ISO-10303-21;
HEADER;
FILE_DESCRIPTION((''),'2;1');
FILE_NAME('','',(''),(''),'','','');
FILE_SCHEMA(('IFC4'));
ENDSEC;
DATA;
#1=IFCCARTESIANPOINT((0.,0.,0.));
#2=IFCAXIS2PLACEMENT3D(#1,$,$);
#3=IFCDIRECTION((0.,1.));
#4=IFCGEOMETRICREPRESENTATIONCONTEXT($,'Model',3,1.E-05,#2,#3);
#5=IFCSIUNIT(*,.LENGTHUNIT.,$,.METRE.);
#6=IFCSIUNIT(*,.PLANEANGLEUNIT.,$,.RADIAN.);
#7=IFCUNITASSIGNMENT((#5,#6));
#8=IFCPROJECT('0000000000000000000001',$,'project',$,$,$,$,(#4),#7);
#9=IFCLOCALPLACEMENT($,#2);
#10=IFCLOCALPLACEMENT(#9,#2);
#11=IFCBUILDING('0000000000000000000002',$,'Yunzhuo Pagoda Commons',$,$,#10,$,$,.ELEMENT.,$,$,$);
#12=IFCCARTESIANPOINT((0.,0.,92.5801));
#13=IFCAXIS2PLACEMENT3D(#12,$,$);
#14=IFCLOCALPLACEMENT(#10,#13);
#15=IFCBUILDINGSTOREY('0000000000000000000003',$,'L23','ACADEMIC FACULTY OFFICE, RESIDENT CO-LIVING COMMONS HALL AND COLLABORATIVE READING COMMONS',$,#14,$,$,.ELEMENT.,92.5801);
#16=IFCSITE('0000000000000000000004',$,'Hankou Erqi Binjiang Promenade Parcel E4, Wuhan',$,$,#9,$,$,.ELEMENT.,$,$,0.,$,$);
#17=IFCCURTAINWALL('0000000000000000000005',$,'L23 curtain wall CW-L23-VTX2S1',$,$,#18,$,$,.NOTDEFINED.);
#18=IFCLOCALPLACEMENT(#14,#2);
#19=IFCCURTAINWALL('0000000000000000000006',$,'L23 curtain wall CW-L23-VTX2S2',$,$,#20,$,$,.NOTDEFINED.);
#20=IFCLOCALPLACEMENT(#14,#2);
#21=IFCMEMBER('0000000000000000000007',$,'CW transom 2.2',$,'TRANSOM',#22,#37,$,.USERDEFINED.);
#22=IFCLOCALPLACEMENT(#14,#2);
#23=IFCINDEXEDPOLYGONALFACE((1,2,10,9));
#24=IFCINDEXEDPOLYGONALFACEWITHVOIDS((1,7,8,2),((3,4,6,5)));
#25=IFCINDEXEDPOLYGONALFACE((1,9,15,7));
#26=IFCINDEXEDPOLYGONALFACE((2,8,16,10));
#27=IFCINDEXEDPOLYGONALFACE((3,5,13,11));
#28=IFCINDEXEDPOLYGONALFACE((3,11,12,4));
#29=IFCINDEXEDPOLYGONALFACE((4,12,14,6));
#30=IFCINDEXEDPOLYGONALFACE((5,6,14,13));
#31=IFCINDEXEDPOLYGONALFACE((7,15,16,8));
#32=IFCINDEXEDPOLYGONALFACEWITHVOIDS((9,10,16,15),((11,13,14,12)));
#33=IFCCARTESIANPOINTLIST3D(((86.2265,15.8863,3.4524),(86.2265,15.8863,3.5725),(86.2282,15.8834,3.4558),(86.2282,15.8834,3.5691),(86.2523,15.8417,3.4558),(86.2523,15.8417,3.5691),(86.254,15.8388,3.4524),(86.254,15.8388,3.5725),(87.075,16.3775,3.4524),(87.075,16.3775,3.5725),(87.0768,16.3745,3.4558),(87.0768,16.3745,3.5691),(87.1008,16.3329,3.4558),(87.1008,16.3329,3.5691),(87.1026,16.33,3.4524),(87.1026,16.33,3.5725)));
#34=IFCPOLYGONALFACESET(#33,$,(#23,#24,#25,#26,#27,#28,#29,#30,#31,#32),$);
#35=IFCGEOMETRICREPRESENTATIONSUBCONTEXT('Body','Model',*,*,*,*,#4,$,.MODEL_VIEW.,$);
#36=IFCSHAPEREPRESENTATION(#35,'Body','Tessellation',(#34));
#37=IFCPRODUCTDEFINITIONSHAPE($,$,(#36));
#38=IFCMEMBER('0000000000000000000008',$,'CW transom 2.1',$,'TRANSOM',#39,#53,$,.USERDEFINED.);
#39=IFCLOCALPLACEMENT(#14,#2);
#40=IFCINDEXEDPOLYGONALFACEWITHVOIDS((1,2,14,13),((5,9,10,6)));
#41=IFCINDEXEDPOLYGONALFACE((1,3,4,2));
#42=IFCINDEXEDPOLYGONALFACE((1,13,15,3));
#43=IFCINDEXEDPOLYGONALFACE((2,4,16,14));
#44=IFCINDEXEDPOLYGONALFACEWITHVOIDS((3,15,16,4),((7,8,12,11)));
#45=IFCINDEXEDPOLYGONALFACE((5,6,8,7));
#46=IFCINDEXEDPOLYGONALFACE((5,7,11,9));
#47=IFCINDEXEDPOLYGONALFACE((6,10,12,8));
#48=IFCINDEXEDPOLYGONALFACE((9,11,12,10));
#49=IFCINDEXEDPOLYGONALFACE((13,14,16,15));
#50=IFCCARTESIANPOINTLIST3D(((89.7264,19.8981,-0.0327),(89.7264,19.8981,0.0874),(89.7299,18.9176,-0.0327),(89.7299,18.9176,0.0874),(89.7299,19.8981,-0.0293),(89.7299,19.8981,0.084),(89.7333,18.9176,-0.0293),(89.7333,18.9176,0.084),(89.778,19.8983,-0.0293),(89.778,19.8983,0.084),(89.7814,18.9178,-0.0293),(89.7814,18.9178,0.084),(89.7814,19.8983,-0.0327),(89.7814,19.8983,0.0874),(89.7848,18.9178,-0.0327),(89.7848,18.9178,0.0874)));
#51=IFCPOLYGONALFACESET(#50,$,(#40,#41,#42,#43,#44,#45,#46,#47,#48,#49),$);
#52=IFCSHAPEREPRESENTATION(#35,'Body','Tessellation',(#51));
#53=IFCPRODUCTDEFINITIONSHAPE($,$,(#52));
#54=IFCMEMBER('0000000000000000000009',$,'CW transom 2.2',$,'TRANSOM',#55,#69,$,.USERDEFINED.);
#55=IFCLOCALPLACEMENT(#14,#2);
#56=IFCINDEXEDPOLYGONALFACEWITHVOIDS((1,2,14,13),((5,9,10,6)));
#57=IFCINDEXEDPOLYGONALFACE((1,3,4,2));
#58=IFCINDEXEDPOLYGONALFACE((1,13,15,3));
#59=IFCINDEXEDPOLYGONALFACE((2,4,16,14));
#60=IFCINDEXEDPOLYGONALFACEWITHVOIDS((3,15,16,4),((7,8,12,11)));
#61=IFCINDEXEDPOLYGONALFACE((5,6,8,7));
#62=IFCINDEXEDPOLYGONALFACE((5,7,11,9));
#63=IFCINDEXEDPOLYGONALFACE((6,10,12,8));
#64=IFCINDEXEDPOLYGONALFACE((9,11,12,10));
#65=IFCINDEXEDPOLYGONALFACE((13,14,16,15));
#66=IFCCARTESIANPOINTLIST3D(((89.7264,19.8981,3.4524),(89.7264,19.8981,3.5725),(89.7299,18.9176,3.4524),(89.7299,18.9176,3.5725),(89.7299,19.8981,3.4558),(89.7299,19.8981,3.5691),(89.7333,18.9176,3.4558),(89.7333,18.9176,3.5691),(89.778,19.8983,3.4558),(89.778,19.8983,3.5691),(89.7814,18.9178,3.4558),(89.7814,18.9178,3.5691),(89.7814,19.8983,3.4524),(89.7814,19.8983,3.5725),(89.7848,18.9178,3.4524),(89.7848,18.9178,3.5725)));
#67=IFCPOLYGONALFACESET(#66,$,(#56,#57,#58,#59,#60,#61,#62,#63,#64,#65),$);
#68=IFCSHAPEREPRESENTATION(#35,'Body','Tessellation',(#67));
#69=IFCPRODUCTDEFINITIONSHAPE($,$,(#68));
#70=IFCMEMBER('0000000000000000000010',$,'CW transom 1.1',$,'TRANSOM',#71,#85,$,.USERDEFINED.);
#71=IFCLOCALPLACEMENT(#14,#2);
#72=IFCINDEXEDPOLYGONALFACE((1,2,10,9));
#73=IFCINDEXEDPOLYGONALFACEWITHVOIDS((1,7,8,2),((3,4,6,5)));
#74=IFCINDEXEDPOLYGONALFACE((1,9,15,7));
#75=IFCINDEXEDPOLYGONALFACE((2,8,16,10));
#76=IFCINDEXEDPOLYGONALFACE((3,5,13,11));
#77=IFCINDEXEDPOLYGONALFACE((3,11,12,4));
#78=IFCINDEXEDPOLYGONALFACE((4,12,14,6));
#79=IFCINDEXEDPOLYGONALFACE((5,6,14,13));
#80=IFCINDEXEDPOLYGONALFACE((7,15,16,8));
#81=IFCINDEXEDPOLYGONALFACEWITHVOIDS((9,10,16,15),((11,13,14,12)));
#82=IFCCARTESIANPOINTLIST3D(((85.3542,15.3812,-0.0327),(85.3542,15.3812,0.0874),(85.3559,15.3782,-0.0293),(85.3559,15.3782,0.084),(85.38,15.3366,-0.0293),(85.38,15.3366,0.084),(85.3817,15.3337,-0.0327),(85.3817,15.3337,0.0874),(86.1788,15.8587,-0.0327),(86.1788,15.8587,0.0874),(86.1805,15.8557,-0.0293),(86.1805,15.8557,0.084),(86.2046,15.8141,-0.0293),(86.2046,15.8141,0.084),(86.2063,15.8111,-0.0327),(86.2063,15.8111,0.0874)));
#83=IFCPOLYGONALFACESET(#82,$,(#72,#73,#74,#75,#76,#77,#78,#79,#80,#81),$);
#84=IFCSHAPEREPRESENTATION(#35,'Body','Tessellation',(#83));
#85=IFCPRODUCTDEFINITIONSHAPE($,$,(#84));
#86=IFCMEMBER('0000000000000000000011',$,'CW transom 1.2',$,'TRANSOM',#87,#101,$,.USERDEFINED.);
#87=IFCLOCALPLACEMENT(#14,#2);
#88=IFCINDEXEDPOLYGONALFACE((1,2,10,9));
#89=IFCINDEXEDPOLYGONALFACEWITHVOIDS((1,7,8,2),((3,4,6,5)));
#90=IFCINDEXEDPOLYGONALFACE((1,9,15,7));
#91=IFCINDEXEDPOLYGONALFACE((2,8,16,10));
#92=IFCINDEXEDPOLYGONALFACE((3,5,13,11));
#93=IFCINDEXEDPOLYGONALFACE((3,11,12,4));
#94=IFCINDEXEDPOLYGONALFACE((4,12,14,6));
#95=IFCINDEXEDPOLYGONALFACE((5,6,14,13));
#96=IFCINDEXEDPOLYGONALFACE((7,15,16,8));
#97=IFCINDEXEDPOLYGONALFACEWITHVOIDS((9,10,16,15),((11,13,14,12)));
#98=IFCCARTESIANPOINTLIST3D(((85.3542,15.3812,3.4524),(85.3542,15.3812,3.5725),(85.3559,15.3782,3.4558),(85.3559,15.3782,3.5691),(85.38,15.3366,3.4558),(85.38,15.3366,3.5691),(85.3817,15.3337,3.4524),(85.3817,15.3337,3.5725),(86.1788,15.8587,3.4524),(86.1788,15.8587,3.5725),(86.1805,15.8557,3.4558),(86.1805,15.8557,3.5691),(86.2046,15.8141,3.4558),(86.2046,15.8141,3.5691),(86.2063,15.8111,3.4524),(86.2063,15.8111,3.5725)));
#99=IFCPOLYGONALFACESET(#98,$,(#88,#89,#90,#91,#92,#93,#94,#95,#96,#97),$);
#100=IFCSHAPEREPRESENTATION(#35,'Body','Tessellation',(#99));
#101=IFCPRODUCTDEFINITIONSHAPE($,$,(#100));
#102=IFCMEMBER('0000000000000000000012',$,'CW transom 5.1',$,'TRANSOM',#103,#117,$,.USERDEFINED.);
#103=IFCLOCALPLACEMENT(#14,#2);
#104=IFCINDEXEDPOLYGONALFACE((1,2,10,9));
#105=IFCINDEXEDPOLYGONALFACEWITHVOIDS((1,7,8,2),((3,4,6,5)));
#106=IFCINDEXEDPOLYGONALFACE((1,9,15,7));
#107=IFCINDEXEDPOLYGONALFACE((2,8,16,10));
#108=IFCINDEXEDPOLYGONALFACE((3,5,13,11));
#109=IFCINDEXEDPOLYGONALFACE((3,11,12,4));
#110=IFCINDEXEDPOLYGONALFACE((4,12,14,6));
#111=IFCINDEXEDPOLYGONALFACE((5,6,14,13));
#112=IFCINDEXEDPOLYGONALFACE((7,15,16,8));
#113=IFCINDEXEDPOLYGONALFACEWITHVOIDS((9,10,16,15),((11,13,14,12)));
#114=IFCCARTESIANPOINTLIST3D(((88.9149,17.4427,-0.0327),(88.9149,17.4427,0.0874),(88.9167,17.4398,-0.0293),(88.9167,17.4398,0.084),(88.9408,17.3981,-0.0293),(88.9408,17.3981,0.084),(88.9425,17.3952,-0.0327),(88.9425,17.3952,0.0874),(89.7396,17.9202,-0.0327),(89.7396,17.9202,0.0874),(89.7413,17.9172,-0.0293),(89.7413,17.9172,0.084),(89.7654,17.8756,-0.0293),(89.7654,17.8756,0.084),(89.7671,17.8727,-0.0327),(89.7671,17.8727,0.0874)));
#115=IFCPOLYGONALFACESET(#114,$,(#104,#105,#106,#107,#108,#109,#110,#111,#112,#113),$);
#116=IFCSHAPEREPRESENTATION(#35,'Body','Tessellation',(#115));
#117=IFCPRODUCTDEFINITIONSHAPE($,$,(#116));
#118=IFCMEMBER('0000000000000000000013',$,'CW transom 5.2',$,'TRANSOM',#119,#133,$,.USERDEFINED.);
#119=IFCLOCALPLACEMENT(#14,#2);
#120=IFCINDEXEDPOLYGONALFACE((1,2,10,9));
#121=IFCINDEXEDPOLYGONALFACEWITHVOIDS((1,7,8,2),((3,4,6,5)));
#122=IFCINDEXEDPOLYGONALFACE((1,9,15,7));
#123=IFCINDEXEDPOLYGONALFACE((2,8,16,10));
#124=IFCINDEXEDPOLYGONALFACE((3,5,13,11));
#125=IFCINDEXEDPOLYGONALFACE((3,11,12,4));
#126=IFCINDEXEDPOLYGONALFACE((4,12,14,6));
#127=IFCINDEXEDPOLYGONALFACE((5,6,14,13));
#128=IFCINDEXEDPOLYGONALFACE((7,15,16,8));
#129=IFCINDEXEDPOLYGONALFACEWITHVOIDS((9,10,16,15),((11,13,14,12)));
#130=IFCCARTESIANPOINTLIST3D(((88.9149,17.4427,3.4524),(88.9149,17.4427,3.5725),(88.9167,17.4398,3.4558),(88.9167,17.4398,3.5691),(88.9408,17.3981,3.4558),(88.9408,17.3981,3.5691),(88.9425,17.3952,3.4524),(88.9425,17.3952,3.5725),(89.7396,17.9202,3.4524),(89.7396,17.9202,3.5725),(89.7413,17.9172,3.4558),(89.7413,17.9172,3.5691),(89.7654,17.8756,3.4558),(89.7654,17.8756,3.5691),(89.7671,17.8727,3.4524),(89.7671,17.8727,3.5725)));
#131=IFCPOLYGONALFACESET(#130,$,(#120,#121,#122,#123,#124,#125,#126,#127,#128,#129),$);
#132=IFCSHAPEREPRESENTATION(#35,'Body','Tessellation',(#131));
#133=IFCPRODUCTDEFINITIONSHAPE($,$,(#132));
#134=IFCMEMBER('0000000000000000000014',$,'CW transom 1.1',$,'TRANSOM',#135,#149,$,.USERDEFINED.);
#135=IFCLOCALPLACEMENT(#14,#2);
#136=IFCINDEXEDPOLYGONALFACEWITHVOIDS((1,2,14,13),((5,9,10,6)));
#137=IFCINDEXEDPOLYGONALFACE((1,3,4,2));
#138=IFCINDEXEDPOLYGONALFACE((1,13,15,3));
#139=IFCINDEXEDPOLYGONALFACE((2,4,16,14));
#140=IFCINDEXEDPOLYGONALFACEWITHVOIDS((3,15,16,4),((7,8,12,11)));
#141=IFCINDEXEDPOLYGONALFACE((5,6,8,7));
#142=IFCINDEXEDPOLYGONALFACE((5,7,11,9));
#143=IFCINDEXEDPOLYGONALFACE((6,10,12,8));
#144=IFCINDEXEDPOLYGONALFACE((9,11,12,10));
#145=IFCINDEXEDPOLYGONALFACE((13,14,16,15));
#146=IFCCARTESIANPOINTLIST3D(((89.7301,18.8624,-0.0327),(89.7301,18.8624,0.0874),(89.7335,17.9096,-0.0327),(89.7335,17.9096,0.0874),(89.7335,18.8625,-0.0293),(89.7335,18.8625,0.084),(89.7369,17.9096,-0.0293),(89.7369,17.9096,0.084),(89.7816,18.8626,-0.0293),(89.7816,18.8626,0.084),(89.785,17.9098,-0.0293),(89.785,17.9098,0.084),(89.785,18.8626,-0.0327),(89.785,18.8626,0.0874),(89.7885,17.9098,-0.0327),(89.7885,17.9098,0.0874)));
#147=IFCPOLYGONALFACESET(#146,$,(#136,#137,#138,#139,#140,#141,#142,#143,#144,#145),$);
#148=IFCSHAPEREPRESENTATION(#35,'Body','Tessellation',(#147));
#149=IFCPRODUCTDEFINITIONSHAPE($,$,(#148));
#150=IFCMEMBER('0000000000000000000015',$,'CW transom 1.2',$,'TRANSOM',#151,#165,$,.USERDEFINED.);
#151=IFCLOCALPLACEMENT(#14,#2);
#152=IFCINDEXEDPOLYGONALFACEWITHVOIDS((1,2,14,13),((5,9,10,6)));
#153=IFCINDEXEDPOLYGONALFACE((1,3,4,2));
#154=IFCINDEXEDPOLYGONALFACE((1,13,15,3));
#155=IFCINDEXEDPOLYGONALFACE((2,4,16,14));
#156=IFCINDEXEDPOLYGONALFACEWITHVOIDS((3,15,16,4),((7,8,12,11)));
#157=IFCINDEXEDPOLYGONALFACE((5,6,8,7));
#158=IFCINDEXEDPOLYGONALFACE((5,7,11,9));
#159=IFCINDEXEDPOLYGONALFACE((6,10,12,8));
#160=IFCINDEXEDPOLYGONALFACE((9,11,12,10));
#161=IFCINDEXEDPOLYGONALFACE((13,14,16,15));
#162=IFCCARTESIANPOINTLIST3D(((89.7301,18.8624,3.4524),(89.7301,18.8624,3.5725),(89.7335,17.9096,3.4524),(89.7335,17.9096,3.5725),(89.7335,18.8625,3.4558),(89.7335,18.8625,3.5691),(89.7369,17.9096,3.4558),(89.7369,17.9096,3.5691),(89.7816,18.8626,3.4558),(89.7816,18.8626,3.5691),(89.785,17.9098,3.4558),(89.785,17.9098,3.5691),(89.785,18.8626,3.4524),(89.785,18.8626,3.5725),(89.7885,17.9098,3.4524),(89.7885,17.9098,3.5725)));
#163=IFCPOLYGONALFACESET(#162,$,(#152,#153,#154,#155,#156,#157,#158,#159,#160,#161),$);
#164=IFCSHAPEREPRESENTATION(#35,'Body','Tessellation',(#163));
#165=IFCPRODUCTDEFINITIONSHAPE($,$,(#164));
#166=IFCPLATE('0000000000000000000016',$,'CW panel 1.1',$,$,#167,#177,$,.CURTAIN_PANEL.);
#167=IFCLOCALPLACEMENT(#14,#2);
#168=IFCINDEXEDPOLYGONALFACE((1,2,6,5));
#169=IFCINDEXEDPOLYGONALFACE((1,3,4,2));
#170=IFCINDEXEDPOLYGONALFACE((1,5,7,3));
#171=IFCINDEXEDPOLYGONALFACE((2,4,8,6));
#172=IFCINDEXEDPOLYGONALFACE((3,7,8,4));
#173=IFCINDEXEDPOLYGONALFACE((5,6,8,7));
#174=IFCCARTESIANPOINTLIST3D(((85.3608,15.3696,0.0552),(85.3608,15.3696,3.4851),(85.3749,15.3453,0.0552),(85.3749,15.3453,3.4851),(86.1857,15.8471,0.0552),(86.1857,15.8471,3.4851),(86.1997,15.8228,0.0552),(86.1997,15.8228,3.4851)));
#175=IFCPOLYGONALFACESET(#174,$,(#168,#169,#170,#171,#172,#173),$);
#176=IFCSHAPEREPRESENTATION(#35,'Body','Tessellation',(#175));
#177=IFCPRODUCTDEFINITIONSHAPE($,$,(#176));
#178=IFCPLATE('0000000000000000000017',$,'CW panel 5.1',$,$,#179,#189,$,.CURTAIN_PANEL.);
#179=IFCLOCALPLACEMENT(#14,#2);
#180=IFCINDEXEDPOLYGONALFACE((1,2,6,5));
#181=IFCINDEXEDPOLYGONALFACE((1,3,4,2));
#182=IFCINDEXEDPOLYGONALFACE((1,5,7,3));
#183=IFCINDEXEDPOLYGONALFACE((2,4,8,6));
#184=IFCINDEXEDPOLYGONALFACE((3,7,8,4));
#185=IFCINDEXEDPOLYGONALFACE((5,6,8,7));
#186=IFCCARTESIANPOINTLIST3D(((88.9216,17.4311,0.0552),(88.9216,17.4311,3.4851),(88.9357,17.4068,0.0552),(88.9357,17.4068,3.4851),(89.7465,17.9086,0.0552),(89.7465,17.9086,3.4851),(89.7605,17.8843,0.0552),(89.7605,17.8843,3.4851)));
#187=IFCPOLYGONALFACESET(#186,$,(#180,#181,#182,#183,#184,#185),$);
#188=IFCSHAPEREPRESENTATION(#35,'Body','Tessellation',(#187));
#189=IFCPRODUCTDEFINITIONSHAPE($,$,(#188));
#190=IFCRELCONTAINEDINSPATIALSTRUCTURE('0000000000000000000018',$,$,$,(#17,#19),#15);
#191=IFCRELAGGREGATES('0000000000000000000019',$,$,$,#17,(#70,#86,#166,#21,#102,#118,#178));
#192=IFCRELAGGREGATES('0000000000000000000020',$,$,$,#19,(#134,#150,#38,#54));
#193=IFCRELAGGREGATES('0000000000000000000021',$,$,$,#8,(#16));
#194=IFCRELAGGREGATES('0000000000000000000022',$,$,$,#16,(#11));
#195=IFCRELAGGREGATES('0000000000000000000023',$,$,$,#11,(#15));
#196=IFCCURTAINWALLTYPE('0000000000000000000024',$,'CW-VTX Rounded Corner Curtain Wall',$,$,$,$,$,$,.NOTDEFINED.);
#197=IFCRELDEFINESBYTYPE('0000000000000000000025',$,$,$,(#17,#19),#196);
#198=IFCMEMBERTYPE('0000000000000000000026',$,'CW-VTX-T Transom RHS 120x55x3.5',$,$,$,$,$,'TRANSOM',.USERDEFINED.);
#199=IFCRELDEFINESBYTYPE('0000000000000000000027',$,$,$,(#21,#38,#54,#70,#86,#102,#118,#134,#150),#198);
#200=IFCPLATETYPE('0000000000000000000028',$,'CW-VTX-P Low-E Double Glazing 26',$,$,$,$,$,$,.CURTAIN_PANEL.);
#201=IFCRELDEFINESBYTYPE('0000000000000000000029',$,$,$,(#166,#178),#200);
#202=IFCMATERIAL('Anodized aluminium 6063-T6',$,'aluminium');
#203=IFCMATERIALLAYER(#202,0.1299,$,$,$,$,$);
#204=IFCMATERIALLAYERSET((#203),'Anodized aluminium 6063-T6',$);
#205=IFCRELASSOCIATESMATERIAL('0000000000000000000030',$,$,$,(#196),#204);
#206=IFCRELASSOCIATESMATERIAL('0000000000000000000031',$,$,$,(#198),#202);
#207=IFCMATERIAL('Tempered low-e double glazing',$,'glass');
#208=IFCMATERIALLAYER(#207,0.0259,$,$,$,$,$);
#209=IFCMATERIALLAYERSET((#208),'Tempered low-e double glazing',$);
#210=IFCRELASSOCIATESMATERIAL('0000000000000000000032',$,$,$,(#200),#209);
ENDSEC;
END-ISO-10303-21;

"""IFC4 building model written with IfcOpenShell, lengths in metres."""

from ifc_helpers import new_model, si_unit, direction, frame, origin, origin_2d, place, context, subcontext, project, spatial, rectangle, hollow_rectangle, extrude, source, transform, mapped, material, layer, layer_set, material_profile, profile_set, type_object, element, aggregate, save


model = new_model("IFC4")

# Units and contexts
model_context = context("Model", 3, precision=1e-05, world=origin(), true_north=direction((0.0, 1.0)))
body_context = subcontext(model_context, "Body", "Model", "MODEL_VIEW")
ifc_project = project(units=[si_unit("LENGTHUNIT", "METRE"), si_unit("PLANEANGLEUNIT", "RADIAN")], contexts=[model_context])

# Site, building, storey
site_placement = place(None, origin())
site = spatial("IfcSite", under=ifc_project, at=site_placement, Name="Hankou Erqi Binjiang Promenade Parcel E4, Wuhan", CompositionType="ELEMENT", RefElevation=0.0)
building_placement = place(site_placement, origin())
building = spatial("IfcBuilding", under=site, at=building_placement, Name="Yunzhuo Pagoda Commons", CompositionType="ELEMENT")
storey_placement = place(building_placement, frame((0.0, 0.0, 92.5801)))
storey = spatial("IfcBuildingStorey", under=building, at=storey_placement, Name="L23", Description="ACADEMIC FACULTY OFFICE, RESIDENT CO-LIVING COMMONS HALL AND COLLABORATIVE READING COMMONS", CompositionType="ELEMENT", Elevation=92.5801)

# Curtain wall
ifc_material_1 = material(Name="Anodized aluminium 6063-T6", Category="aluminium")
ifc_layer_1 = layer(ifc_material_1, 0.1299)
ifc_layer_set_1 = layer_set([ifc_layer_1], Name="Anodized aluminium 6063-T6")
curtain_wall_type = type_object("IfcCurtainWallType", Name="CW-VTX Rounded Corner Curtain Wall", PredefinedType="NOTDEFINED", material=ifc_layer_set_1)
curtain_wall_1_placement = place(storey_placement, origin())
curtain_wall_1 = element("IfcCurtainWall", 1, at=curtain_wall_1_placement, inside=storey, type_object=curtain_wall_type, Name="L23 curtain wall CW-L23-VTX2S1", PredefinedType="NOTDEFINED")

# Curtain wall
curtain_wall_2_placement = place(storey_placement, origin())
curtain_wall_2 = element("IfcCurtainWall", 2, at=curtain_wall_2_placement, inside=storey, type_object=curtain_wall_type, Name="L23 curtain wall CW-L23-VTX2S2", PredefinedType="NOTDEFINED")

# Members
ifc_material_profile_1 = material_profile(ifc_material_1, hollow_rectangle(XDim=0.0549, YDim=0.1201, WallThickness=0.0034, at=origin_2d()), Name="Anodized aluminium 6063-T6")
ifc_profile_set_1 = profile_set([ifc_material_profile_1], Name="Anodized aluminium 6063-T6")
member_type_1 = type_object("IfcMemberType", Name="CW-VTX-T Transom RHS 120x55x3.5", ElementType="TRANSOM", PredefinedType="USERDEFINED", material=ifc_profile_set_1)
shared_shape_1 = source(origin(), body_context, "Body", "SweptSolid", [
    extrude(hollow_rectangle(XDim=0.0549, YDim=0.1201, WallThickness=0.0034, at=origin_2d()), origin(), (0.0, 0.0, 1.0), 0.9805),
])
member_1_placement = place(storey_placement, frame((86.2402, 15.8625, 3.5125), z_axis=(0.865472, 0.500958, 0.0), x_axis=(-0.500958, 0.865472, 0.0)))
member_1 = element("IfcMember", 3, at=member_1_placement, type_object=member_type_1, Name="CW transom 2.2", ObjectType="TRANSOM", PredefinedType="USERDEFINED", context=body_context, shape_type="MappedRepresentation", body=[
    mapped(shared_shape_1, transform((0.0, 0.0, 0.0), scale=1.0)),
])
member_2_placement = place(storey_placement, frame((89.7573, 18.9177, 0.0273), z_axis=(-0.003486, 0.999994, 0.0), x_axis=(-0.999994, -0.003486, 0.0)))
member_2 = element("IfcMember", 4, at=member_2_placement, type_object=member_type_1, Name="CW transom 2.1", ObjectType="TRANSOM", PredefinedType="USERDEFINED", context=body_context, shape_type="MappedRepresentation", body=[
    mapped(shared_shape_1, transform((0.0, 0.0, 0.0), scale=1.0)),
])
member_3_placement = place(storey_placement, frame((89.7573, 18.9177, 3.5125), z_axis=(-0.003486, 0.999994, 0.0), x_axis=(-0.999994, -0.003486, 0.0)))
member_3 = element("IfcMember", 5, at=member_3_placement, type_object=member_type_1, Name="CW transom 2.2", ObjectType="TRANSOM", PredefinedType="USERDEFINED", context=body_context, shape_type="MappedRepresentation", body=[
    mapped(shared_shape_1, transform((0.0, 0.0, 0.0), scale=1.0)),
])
shared_shape_2 = source(origin(), body_context, "Body", "SweptSolid", [
    extrude(hollow_rectangle(XDim=0.0549, YDim=0.1201, WallThickness=0.0034, at=origin_2d()), origin(), (0.0, 0.0, 1.0), 0.9529),
])
member_4_placement = place(storey_placement, frame((85.3679, 15.3574, 0.0273), z_axis=(0.865391, 0.501097, 0.0), x_axis=(-0.501097, 0.865391, 0.0)))
member_4 = element("IfcMember", 6, at=member_4_placement, type_object=member_type_1, Name="CW transom 1.1", ObjectType="TRANSOM", PredefinedType="USERDEFINED", context=body_context, shape_type="MappedRepresentation", body=[
    mapped(shared_shape_2, transform((0.0, 0.0, 0.0), scale=1.0)),
])
member_5_placement = place(storey_placement, frame((85.3679, 15.3574, 3.5125), z_axis=(0.865391, 0.501097, 0.0), x_axis=(-0.501097, 0.865391, 0.0)))
member_5 = element("IfcMember", 7, at=member_5_placement, type_object=member_type_1, Name="CW transom 1.2", ObjectType="TRANSOM", PredefinedType="USERDEFINED", context=body_context, shape_type="MappedRepresentation", body=[
    mapped(shared_shape_2, transform((0.0, 0.0, 0.0), scale=1.0)),
])
member_6_placement = place(storey_placement, frame((88.9287, 17.4189, 0.0273), z_axis=(0.865391, 0.501097, 0.0), x_axis=(-0.501097, 0.865391, 0.0)))
member_6 = element("IfcMember", 8, at=member_6_placement, type_object=member_type_1, Name="CW transom 5.1", ObjectType="TRANSOM", PredefinedType="USERDEFINED", context=body_context, shape_type="MappedRepresentation", body=[
    mapped(shared_shape_2, transform((0.0, 0.0, 0.0), scale=1.0)),
])
member_7_placement = place(storey_placement, frame((88.9287, 17.4189, 3.5125), z_axis=(0.865391, 0.501097, 0.0), x_axis=(-0.501097, 0.865391, 0.0)))
member_7 = element("IfcMember", 9, at=member_7_placement, type_object=member_type_1, Name="CW transom 5.2", ObjectType="TRANSOM", PredefinedType="USERDEFINED", context=body_context, shape_type="MappedRepresentation", body=[
    mapped(shared_shape_2, transform((0.0, 0.0, 0.0), scale=1.0)),
])
member_8_placement = place(storey_placement, frame((89.761, 17.9097, 0.0273), z_axis=(-0.003587, 0.999994, 0.0), x_axis=(-0.999994, -0.003587, 0.0)))
member_8 = element("IfcMember", 10, at=member_8_placement, type_object=member_type_1, Name="CW transom 1.1", ObjectType="TRANSOM", PredefinedType="USERDEFINED", context=body_context, shape_type="MappedRepresentation", body=[
    mapped(shared_shape_2, transform((0.0, 0.0, 0.0), scale=1.0)),
])
member_9_placement = place(storey_placement, frame((89.761, 17.9097, 3.5125), z_axis=(-0.003587, 0.999994, 0.0), x_axis=(-0.999994, -0.003587, 0.0)))
member_9 = element("IfcMember", 11, at=member_9_placement, type_object=member_type_1, Name="CW transom 1.2", ObjectType="TRANSOM", PredefinedType="USERDEFINED", context=body_context, shape_type="MappedRepresentation", body=[
    mapped(shared_shape_2, transform((0.0, 0.0, 0.0), scale=1.0)),
])

# Plates
ifc_material_2 = material(Name="Tempered low-e double glazing", Category="glass")
ifc_layer_2 = layer(ifc_material_2, 0.0259)
ifc_layer_set_2 = layer_set([ifc_layer_2], Name="Tempered low-e double glazing")
plate_type = type_object("IfcPlateType", Name="CW-VTX-P Low-E Double Glazing 26", PredefinedType="CURTAIN_PANEL", material=ifc_layer_set_2)
shared_shape_3 = source(origin(), body_context, "Body", "SweptSolid", [
    extrude(rectangle(XDim=0.9531, YDim=0.0281, at=origin_2d()), origin(), (0.0, 0.0, 1.0), 3.4299),
])
plate_1_placement = place(storey_placement, frame((85.7803, 15.5962, 0.0552), z_axis=(0.0, 0.0, 1.0), x_axis=(0.865427, 0.501036, 0.0)))
plate_1 = element("IfcPlate", 12, at=plate_1_placement, type_object=plate_type, Name="CW panel 1.1", PredefinedType="CURTAIN_PANEL", context=body_context, shape_type="MappedRepresentation", body=[
    mapped(shared_shape_3, transform((0.0, 0.0, 0.0), scale=1.0)),
])
plate_2_placement = place(storey_placement, frame((89.3411, 17.6577, 0.0552), z_axis=(0.0, 0.0, 1.0), x_axis=(0.865427, 0.501036, 0.0)))
plate_2 = element("IfcPlate", 13, at=plate_2_placement, type_object=plate_type, Name="CW panel 5.1", PredefinedType="CURTAIN_PANEL", context=body_context, shape_type="MappedRepresentation", body=[
    mapped(shared_shape_3, transform((0.0, 0.0, 0.0), scale=1.0)),
])
aggregate(curtain_wall_1, [member_4, member_5, plate_1, member_1, member_6, member_7, plate_2])
aggregate(curtain_wall_2, [member_8, member_9, member_2, member_3])

save(model, "model.ifc")
